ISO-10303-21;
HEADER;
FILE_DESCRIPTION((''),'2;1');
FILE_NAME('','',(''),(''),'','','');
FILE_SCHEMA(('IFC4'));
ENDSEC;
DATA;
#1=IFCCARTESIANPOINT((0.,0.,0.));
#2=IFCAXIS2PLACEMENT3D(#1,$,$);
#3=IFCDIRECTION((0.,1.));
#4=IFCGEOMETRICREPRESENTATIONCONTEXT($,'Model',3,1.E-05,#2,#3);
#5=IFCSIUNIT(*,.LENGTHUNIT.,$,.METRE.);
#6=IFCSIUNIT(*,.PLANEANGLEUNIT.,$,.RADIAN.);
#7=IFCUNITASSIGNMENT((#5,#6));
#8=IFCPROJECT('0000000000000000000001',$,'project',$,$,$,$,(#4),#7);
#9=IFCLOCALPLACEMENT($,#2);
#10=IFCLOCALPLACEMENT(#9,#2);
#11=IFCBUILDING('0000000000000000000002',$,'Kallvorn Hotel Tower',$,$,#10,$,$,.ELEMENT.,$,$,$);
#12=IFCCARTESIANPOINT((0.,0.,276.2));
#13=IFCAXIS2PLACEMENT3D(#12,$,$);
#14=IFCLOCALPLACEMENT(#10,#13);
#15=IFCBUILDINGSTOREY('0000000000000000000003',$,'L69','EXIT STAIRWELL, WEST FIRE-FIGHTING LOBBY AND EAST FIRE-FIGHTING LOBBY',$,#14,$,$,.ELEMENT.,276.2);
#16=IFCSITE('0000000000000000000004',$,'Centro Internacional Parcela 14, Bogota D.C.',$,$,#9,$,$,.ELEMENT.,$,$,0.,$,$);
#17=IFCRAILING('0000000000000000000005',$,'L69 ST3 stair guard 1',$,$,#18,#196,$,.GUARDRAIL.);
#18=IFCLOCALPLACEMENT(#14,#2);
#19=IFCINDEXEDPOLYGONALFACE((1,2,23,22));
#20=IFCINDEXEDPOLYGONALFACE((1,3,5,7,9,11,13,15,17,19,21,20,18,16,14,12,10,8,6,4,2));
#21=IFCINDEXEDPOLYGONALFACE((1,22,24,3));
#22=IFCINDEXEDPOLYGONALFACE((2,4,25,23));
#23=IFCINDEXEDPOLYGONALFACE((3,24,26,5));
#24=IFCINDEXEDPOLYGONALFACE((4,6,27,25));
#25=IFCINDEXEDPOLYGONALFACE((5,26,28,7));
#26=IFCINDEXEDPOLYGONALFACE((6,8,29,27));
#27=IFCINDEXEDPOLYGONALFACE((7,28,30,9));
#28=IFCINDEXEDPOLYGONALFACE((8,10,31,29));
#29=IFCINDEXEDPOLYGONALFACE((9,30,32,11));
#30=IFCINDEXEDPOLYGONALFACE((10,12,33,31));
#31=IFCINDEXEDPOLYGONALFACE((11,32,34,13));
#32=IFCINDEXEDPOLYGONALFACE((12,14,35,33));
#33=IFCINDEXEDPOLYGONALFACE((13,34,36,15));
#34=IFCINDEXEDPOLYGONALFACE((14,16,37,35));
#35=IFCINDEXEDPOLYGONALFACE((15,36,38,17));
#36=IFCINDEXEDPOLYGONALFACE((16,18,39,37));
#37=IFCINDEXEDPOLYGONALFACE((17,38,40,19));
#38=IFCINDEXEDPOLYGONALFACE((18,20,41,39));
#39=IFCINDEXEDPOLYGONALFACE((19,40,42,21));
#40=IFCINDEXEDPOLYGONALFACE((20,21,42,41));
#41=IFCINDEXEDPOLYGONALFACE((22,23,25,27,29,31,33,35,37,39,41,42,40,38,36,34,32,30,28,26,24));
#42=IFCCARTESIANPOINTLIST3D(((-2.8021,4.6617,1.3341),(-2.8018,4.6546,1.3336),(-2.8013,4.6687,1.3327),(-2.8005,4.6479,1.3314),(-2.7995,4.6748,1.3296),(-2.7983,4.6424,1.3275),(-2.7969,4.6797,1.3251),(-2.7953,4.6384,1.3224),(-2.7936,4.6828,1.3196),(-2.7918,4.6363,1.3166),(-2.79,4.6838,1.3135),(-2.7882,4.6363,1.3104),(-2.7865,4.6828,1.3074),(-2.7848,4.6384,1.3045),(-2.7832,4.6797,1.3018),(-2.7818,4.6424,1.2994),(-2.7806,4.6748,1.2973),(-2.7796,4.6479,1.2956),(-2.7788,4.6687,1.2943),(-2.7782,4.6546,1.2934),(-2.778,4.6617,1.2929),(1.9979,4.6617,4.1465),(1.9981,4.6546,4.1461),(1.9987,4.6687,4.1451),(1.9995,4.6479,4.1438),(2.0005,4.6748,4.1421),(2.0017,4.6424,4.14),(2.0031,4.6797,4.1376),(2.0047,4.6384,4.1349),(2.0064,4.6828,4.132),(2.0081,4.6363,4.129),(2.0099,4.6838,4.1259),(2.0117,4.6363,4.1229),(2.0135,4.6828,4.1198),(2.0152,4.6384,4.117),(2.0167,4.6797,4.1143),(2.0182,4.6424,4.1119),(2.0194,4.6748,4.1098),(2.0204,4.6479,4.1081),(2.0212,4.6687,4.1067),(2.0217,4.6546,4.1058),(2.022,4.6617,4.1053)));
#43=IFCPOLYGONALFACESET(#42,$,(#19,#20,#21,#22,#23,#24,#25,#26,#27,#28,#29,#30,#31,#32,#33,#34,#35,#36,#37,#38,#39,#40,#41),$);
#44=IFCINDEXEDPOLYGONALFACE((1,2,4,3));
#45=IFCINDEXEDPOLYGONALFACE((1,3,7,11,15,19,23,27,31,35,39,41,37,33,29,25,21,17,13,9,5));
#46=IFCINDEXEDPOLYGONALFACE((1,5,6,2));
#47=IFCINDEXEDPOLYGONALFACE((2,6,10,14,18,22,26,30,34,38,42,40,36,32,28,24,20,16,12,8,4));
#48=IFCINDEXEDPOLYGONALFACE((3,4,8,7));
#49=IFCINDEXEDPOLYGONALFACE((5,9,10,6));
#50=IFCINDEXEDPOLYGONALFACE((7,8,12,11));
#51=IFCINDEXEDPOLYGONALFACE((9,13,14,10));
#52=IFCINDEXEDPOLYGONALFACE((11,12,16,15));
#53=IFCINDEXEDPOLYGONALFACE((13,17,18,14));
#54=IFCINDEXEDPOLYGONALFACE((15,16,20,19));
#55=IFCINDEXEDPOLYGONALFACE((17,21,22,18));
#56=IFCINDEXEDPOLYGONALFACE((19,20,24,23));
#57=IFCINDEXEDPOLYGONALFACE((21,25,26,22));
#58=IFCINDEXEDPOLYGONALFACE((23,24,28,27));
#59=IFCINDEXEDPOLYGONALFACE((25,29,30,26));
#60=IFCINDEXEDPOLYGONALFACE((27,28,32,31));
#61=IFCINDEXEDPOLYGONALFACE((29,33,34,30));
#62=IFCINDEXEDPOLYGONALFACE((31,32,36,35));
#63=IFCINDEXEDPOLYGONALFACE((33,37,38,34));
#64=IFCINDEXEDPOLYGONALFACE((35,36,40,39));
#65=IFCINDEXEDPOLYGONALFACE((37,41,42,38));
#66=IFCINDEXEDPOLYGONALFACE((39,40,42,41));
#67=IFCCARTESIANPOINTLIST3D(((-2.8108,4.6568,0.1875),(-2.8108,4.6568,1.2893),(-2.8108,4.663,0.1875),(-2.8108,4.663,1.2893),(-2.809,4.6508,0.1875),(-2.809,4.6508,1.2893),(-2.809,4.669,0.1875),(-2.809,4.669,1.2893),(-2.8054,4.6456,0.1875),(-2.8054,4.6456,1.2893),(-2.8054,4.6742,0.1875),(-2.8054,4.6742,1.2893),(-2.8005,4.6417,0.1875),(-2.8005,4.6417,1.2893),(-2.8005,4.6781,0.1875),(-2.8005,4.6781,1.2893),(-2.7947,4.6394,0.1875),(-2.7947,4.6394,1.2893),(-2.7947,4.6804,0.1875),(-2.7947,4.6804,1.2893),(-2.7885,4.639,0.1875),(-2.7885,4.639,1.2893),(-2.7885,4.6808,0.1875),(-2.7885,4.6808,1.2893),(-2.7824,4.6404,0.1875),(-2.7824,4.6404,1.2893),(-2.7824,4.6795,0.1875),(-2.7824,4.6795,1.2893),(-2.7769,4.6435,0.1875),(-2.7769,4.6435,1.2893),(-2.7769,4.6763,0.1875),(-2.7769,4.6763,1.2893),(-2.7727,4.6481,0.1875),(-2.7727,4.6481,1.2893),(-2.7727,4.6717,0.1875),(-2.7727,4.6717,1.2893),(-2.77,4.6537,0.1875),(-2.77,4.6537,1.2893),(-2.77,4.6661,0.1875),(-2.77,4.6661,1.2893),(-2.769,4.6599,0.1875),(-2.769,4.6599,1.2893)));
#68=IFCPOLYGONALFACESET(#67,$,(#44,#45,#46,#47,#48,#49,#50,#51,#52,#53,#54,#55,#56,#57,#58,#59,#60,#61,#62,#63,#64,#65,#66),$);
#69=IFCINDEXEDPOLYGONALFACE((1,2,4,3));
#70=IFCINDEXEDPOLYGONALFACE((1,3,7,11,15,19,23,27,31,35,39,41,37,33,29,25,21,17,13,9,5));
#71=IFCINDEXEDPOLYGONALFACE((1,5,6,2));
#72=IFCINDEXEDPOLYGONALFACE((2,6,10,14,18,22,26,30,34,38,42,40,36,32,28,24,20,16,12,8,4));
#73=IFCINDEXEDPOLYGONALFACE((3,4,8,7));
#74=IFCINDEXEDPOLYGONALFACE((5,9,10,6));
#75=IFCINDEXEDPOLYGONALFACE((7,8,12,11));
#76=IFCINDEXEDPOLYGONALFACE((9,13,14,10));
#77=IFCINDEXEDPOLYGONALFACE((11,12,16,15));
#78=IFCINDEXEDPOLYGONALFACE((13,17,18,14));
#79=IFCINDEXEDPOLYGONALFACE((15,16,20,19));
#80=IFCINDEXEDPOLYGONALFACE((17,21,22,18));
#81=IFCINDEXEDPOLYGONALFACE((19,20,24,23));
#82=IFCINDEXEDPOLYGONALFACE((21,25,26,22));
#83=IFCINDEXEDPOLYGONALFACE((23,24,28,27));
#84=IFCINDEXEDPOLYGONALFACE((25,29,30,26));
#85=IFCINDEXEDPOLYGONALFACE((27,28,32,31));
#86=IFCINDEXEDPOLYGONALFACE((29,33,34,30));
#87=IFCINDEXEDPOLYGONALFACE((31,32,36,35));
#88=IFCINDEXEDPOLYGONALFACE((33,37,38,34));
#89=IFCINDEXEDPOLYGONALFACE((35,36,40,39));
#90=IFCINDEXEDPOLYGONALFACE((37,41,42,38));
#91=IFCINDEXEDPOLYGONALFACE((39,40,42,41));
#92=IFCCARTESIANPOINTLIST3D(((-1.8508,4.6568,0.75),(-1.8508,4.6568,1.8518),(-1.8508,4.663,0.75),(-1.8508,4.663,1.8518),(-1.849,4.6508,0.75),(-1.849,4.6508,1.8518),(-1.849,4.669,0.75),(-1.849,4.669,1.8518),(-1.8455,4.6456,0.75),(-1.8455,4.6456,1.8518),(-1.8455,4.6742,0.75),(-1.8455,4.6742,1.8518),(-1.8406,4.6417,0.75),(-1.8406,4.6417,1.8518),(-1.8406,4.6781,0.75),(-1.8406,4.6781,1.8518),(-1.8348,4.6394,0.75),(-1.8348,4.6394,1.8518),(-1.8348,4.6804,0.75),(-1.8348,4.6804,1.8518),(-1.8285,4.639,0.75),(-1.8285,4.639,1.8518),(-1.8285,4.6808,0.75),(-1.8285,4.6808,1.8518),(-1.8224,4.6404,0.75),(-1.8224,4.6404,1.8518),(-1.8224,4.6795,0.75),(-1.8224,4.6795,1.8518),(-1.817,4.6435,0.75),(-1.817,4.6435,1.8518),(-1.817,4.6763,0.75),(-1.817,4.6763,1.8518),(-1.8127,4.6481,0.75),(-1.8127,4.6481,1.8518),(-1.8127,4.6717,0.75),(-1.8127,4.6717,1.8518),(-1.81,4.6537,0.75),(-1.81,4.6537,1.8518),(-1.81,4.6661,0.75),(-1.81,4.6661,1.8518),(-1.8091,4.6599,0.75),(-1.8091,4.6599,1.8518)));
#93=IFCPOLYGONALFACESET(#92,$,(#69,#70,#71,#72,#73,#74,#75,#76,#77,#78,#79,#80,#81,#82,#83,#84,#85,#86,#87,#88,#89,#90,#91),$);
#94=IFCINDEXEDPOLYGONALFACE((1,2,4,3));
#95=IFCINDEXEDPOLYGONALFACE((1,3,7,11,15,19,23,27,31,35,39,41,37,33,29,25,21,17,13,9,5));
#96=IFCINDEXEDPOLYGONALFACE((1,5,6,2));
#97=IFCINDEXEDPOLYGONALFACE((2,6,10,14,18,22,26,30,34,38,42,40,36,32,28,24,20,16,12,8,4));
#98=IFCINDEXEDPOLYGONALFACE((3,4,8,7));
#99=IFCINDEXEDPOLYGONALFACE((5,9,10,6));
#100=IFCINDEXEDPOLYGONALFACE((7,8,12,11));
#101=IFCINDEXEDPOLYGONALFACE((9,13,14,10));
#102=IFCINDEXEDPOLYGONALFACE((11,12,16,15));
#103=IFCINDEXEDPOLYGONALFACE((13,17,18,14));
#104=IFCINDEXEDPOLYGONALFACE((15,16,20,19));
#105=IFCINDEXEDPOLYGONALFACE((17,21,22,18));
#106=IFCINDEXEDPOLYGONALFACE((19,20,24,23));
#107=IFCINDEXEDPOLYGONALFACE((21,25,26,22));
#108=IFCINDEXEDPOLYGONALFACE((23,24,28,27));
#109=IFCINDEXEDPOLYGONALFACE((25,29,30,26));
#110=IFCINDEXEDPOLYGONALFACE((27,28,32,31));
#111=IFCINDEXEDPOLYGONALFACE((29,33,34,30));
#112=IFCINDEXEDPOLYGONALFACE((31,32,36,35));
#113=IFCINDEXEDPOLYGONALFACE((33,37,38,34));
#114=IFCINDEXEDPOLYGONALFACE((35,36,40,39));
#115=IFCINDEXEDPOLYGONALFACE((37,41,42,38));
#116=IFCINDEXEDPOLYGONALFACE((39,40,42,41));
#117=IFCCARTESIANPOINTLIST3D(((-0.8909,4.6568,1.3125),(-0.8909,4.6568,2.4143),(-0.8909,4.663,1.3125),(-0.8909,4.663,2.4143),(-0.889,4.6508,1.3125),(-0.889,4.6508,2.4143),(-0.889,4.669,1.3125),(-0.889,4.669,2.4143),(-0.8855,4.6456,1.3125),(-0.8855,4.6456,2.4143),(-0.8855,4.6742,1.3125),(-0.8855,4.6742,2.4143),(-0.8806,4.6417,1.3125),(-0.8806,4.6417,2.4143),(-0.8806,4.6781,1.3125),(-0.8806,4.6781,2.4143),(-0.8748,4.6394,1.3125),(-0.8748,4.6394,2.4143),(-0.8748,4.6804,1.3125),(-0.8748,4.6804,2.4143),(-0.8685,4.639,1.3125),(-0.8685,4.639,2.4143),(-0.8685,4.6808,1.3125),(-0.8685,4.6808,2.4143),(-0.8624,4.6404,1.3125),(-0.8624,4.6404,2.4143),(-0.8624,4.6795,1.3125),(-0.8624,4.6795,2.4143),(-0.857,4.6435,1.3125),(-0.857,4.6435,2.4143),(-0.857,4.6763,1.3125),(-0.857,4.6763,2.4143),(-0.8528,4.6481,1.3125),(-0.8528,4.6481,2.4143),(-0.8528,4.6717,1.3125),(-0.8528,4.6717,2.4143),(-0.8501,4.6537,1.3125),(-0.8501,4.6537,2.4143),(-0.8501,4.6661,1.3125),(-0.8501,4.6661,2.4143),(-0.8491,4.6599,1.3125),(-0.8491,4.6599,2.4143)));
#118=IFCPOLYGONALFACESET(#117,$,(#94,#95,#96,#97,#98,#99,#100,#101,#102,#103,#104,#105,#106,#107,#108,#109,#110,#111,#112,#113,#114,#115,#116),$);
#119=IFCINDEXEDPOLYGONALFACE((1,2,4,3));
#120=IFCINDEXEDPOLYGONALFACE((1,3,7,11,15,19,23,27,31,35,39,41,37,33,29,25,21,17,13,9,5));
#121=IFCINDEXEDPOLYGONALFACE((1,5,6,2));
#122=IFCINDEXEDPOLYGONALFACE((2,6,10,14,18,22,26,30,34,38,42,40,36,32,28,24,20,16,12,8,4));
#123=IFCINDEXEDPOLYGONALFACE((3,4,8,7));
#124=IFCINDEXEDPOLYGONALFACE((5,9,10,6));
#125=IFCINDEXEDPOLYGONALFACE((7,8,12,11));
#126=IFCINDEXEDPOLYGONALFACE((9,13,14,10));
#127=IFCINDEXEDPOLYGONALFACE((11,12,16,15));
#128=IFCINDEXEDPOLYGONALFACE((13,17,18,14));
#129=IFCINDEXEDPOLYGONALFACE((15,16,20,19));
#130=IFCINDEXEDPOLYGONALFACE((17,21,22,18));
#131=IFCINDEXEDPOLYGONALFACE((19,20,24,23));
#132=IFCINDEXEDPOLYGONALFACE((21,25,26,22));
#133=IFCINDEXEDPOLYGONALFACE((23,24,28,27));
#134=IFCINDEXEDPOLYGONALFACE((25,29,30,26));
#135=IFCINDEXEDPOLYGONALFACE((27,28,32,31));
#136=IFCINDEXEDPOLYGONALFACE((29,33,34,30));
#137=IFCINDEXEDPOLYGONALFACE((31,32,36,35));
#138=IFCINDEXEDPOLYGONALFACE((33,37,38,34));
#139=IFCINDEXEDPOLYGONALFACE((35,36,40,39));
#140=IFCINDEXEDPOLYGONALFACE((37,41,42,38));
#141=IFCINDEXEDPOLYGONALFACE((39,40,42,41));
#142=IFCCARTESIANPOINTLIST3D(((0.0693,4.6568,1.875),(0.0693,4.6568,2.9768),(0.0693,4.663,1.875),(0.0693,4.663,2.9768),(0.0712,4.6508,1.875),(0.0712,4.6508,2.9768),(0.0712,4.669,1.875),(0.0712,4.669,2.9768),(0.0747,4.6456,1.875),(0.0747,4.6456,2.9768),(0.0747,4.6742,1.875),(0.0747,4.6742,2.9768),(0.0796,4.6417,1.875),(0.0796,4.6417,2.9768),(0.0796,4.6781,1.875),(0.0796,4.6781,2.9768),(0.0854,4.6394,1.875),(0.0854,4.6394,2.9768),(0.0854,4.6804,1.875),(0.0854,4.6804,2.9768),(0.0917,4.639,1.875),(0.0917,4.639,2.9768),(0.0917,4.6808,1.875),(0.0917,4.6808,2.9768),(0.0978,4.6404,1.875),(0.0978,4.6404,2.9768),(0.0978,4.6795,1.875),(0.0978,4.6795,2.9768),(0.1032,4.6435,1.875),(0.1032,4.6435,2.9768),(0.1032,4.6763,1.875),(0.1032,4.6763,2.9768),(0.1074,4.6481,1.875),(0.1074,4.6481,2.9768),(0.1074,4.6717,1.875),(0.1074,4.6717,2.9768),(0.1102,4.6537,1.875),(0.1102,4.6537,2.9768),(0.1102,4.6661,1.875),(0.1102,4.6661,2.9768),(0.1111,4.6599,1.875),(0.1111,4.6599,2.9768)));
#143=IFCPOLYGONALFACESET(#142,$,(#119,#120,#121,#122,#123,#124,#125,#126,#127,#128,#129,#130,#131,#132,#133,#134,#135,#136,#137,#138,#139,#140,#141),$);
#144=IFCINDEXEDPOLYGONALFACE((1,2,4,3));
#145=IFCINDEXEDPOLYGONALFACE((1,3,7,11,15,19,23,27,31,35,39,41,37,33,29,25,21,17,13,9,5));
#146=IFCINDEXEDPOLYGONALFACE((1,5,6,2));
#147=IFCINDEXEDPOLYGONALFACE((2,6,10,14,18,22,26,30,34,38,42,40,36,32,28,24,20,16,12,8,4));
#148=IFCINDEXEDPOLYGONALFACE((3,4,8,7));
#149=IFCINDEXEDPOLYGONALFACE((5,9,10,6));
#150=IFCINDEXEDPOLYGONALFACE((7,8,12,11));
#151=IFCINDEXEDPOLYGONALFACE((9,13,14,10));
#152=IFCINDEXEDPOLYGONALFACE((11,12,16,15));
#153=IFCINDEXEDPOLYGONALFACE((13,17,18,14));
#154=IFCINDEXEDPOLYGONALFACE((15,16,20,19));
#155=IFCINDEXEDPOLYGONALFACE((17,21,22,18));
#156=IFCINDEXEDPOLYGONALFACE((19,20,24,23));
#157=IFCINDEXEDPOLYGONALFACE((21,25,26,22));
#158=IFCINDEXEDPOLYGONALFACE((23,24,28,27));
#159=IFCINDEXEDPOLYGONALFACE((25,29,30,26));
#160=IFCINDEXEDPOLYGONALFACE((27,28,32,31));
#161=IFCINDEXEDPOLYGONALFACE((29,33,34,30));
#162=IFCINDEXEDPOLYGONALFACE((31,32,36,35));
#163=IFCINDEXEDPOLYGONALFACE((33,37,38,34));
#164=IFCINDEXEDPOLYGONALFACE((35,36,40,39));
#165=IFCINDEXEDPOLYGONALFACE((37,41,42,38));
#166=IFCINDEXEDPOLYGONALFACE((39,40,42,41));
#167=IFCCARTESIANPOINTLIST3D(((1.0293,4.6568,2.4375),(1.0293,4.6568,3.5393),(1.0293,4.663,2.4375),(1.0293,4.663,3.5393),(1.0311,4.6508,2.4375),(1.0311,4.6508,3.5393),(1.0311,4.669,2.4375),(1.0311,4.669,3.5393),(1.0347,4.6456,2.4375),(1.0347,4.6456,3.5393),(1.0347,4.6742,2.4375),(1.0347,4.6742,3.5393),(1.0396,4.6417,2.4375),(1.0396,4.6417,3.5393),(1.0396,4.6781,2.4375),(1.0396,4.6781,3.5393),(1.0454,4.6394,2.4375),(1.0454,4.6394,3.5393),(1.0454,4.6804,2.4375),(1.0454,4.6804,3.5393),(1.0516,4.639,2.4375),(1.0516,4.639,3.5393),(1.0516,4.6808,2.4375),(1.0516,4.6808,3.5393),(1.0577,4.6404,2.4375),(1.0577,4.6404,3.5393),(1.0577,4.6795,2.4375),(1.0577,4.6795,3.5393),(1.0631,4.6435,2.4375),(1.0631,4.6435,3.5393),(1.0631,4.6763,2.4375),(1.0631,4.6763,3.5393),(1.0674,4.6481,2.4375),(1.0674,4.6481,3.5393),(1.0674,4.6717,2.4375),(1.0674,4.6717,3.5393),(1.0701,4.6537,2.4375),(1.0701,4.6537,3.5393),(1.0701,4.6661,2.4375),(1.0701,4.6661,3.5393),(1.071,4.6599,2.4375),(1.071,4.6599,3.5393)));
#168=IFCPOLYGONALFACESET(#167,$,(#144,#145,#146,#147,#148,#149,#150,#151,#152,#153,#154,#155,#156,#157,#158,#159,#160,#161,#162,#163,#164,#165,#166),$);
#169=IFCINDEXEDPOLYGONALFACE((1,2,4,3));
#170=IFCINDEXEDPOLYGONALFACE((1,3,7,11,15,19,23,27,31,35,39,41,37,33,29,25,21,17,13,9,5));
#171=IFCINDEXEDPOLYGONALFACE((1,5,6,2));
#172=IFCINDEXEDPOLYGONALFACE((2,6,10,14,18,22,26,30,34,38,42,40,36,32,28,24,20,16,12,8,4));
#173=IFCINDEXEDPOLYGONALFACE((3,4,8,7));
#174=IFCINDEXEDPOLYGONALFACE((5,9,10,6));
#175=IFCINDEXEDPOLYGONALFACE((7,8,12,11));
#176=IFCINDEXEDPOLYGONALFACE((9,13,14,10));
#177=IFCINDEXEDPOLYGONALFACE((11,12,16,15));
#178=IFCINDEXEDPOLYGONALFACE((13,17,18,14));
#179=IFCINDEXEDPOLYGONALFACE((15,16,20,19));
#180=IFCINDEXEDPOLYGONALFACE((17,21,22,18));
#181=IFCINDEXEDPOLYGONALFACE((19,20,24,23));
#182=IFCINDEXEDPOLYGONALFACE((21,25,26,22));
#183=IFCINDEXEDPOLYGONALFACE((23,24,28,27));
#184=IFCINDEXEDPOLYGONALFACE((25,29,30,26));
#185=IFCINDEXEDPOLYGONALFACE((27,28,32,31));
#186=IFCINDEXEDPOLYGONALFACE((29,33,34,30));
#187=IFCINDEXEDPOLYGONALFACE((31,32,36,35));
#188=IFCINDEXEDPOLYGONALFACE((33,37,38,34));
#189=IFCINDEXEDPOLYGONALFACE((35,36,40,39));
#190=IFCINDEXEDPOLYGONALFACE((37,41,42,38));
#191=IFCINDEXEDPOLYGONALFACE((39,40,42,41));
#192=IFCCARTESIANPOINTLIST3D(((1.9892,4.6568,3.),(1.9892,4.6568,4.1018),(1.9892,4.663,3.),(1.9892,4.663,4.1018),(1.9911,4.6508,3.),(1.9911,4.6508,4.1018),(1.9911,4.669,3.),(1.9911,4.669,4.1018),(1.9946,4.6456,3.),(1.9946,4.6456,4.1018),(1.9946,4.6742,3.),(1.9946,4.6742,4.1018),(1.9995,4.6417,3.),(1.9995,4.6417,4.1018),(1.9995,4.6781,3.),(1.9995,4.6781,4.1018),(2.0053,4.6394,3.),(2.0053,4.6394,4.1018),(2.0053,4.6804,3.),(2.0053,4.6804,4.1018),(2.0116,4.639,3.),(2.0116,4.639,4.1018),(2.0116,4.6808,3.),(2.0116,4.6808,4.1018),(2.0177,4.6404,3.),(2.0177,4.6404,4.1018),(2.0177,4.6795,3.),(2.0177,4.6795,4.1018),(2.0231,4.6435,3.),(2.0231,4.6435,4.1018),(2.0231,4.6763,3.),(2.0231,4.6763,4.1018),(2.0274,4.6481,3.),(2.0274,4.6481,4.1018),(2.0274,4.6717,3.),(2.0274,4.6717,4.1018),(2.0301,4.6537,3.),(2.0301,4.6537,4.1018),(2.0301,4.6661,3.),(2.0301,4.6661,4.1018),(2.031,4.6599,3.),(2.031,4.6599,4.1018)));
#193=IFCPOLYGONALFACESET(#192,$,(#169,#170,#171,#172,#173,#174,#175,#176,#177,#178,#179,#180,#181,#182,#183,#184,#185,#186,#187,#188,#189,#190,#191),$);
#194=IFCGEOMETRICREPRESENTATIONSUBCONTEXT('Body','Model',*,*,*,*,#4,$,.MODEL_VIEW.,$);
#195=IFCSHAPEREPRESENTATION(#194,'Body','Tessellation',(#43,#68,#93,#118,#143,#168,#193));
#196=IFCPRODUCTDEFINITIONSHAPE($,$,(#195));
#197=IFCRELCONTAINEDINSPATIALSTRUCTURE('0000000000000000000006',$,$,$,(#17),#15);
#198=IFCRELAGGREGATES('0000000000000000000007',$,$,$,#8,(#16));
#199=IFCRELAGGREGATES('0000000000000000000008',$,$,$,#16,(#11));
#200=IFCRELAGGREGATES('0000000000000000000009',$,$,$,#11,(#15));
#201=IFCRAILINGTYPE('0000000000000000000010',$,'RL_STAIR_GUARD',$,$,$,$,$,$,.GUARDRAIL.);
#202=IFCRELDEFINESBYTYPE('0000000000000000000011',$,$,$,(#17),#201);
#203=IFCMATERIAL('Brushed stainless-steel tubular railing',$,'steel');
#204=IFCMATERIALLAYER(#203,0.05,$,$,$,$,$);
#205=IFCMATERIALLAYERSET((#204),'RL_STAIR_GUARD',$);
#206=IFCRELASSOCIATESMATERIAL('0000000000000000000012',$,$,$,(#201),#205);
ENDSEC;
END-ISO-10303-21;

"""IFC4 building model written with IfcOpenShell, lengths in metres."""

from ifc_helpers import new_model, si_unit, direction, frame, origin, origin_2d, place, context, subcontext, project, spatial, circle, extrude, material, layer, layer_set, type_object, element, save


model = new_model("IFC4")

# Units and contexts
model_context = context("Model", 3, precision=1e-05, world=origin(), true_north=direction((0.0, 1.0)))
body_context = subcontext(model_context, "Body", "Model", "MODEL_VIEW")
ifc_project = project(units=[si_unit("LENGTHUNIT", "METRE"), si_unit("PLANEANGLEUNIT", "RADIAN")], contexts=[model_context])

# Site, building, storey
site_placement = place(None, origin())
site = spatial("IfcSite", under=ifc_project, at=site_placement, Name="Centro Internacional Parcela 14, Bogota D.C.", CompositionType="ELEMENT", RefElevation=0.0)
building_placement = place(site_placement, origin())
building = spatial("IfcBuilding", under=site, at=building_placement, Name="Kallvorn Hotel Tower", CompositionType="ELEMENT")
storey_placement = place(building_placement, frame((0.0, 0.0, 276.2)))
storey = spatial("IfcBuildingStorey", under=building, at=storey_placement, Name="L69", Description="EXIT STAIRWELL, WEST FIRE-FIGHTING LOBBY AND EAST FIRE-FIGHTING LOBBY", CompositionType="ELEMENT", Elevation=276.2)

# Railing
ifc_material_1 = material(Name="Brushed stainless-steel tubular railing", Category="steel")
ifc_layer_1 = layer(ifc_material_1, 0.05)
ifc_layer_set_1 = layer_set([ifc_layer_1], Name="RL_STAIR_GUARD")
railing_type_1 = type_object("IfcRailingType", Name="RL_STAIR_GUARD", PredefinedType="GUARDRAIL", material=ifc_layer_set_1)
railing_1_placement = place(storey_placement, frame((-2.79, 4.6599, 0.1875)))
element("IfcRailing", 1, at=railing_1_placement, inside=storey, type_object=railing_type_1, Name="L69 ST3 stair guard 1", PredefinedType="GUARDRAIL", context=body_context, shape_type="SweptSolid", body=[
    extrude(circle(Radius=0.0239, at=origin_2d()), frame((0.0, 0.0, 1.126), z_axis=(0.862802, 0.0, 0.505543), x_axis=(0.0, 1.0, 0.0)), (0.0, 0.0, 1.0), 5.5632),
    extrude(circle(Radius=0.021, at=origin_2d()), origin(), (0.0, 0.0, 1.0), 1.1018),
    extrude(circle(Radius=0.021, at=origin_2d()), frame((0.96, 0.0, 0.5625)), (0.0, 0.0, 1.0), 1.1018),
    extrude(circle(Radius=0.021, at=origin_2d()), frame((1.9199, 0.0, 1.125)), (0.0, 0.0, 1.0), 1.1018),
    extrude(circle(Radius=0.021, at=origin_2d()), frame((2.8801, 0.0, 1.6875)), (0.0, 0.0, 1.0), 1.1018),
    extrude(circle(Radius=0.021, at=origin_2d()), frame((3.8401, 0.0, 2.25)), (0.0, 0.0, 1.0), 1.1018),
    extrude(circle(Radius=0.021, at=origin_2d()), frame((4.8, 0.0, 2.8125)), (0.0, 0.0, 1.0), 1.1018),
])

save(model, "model.ifc")
